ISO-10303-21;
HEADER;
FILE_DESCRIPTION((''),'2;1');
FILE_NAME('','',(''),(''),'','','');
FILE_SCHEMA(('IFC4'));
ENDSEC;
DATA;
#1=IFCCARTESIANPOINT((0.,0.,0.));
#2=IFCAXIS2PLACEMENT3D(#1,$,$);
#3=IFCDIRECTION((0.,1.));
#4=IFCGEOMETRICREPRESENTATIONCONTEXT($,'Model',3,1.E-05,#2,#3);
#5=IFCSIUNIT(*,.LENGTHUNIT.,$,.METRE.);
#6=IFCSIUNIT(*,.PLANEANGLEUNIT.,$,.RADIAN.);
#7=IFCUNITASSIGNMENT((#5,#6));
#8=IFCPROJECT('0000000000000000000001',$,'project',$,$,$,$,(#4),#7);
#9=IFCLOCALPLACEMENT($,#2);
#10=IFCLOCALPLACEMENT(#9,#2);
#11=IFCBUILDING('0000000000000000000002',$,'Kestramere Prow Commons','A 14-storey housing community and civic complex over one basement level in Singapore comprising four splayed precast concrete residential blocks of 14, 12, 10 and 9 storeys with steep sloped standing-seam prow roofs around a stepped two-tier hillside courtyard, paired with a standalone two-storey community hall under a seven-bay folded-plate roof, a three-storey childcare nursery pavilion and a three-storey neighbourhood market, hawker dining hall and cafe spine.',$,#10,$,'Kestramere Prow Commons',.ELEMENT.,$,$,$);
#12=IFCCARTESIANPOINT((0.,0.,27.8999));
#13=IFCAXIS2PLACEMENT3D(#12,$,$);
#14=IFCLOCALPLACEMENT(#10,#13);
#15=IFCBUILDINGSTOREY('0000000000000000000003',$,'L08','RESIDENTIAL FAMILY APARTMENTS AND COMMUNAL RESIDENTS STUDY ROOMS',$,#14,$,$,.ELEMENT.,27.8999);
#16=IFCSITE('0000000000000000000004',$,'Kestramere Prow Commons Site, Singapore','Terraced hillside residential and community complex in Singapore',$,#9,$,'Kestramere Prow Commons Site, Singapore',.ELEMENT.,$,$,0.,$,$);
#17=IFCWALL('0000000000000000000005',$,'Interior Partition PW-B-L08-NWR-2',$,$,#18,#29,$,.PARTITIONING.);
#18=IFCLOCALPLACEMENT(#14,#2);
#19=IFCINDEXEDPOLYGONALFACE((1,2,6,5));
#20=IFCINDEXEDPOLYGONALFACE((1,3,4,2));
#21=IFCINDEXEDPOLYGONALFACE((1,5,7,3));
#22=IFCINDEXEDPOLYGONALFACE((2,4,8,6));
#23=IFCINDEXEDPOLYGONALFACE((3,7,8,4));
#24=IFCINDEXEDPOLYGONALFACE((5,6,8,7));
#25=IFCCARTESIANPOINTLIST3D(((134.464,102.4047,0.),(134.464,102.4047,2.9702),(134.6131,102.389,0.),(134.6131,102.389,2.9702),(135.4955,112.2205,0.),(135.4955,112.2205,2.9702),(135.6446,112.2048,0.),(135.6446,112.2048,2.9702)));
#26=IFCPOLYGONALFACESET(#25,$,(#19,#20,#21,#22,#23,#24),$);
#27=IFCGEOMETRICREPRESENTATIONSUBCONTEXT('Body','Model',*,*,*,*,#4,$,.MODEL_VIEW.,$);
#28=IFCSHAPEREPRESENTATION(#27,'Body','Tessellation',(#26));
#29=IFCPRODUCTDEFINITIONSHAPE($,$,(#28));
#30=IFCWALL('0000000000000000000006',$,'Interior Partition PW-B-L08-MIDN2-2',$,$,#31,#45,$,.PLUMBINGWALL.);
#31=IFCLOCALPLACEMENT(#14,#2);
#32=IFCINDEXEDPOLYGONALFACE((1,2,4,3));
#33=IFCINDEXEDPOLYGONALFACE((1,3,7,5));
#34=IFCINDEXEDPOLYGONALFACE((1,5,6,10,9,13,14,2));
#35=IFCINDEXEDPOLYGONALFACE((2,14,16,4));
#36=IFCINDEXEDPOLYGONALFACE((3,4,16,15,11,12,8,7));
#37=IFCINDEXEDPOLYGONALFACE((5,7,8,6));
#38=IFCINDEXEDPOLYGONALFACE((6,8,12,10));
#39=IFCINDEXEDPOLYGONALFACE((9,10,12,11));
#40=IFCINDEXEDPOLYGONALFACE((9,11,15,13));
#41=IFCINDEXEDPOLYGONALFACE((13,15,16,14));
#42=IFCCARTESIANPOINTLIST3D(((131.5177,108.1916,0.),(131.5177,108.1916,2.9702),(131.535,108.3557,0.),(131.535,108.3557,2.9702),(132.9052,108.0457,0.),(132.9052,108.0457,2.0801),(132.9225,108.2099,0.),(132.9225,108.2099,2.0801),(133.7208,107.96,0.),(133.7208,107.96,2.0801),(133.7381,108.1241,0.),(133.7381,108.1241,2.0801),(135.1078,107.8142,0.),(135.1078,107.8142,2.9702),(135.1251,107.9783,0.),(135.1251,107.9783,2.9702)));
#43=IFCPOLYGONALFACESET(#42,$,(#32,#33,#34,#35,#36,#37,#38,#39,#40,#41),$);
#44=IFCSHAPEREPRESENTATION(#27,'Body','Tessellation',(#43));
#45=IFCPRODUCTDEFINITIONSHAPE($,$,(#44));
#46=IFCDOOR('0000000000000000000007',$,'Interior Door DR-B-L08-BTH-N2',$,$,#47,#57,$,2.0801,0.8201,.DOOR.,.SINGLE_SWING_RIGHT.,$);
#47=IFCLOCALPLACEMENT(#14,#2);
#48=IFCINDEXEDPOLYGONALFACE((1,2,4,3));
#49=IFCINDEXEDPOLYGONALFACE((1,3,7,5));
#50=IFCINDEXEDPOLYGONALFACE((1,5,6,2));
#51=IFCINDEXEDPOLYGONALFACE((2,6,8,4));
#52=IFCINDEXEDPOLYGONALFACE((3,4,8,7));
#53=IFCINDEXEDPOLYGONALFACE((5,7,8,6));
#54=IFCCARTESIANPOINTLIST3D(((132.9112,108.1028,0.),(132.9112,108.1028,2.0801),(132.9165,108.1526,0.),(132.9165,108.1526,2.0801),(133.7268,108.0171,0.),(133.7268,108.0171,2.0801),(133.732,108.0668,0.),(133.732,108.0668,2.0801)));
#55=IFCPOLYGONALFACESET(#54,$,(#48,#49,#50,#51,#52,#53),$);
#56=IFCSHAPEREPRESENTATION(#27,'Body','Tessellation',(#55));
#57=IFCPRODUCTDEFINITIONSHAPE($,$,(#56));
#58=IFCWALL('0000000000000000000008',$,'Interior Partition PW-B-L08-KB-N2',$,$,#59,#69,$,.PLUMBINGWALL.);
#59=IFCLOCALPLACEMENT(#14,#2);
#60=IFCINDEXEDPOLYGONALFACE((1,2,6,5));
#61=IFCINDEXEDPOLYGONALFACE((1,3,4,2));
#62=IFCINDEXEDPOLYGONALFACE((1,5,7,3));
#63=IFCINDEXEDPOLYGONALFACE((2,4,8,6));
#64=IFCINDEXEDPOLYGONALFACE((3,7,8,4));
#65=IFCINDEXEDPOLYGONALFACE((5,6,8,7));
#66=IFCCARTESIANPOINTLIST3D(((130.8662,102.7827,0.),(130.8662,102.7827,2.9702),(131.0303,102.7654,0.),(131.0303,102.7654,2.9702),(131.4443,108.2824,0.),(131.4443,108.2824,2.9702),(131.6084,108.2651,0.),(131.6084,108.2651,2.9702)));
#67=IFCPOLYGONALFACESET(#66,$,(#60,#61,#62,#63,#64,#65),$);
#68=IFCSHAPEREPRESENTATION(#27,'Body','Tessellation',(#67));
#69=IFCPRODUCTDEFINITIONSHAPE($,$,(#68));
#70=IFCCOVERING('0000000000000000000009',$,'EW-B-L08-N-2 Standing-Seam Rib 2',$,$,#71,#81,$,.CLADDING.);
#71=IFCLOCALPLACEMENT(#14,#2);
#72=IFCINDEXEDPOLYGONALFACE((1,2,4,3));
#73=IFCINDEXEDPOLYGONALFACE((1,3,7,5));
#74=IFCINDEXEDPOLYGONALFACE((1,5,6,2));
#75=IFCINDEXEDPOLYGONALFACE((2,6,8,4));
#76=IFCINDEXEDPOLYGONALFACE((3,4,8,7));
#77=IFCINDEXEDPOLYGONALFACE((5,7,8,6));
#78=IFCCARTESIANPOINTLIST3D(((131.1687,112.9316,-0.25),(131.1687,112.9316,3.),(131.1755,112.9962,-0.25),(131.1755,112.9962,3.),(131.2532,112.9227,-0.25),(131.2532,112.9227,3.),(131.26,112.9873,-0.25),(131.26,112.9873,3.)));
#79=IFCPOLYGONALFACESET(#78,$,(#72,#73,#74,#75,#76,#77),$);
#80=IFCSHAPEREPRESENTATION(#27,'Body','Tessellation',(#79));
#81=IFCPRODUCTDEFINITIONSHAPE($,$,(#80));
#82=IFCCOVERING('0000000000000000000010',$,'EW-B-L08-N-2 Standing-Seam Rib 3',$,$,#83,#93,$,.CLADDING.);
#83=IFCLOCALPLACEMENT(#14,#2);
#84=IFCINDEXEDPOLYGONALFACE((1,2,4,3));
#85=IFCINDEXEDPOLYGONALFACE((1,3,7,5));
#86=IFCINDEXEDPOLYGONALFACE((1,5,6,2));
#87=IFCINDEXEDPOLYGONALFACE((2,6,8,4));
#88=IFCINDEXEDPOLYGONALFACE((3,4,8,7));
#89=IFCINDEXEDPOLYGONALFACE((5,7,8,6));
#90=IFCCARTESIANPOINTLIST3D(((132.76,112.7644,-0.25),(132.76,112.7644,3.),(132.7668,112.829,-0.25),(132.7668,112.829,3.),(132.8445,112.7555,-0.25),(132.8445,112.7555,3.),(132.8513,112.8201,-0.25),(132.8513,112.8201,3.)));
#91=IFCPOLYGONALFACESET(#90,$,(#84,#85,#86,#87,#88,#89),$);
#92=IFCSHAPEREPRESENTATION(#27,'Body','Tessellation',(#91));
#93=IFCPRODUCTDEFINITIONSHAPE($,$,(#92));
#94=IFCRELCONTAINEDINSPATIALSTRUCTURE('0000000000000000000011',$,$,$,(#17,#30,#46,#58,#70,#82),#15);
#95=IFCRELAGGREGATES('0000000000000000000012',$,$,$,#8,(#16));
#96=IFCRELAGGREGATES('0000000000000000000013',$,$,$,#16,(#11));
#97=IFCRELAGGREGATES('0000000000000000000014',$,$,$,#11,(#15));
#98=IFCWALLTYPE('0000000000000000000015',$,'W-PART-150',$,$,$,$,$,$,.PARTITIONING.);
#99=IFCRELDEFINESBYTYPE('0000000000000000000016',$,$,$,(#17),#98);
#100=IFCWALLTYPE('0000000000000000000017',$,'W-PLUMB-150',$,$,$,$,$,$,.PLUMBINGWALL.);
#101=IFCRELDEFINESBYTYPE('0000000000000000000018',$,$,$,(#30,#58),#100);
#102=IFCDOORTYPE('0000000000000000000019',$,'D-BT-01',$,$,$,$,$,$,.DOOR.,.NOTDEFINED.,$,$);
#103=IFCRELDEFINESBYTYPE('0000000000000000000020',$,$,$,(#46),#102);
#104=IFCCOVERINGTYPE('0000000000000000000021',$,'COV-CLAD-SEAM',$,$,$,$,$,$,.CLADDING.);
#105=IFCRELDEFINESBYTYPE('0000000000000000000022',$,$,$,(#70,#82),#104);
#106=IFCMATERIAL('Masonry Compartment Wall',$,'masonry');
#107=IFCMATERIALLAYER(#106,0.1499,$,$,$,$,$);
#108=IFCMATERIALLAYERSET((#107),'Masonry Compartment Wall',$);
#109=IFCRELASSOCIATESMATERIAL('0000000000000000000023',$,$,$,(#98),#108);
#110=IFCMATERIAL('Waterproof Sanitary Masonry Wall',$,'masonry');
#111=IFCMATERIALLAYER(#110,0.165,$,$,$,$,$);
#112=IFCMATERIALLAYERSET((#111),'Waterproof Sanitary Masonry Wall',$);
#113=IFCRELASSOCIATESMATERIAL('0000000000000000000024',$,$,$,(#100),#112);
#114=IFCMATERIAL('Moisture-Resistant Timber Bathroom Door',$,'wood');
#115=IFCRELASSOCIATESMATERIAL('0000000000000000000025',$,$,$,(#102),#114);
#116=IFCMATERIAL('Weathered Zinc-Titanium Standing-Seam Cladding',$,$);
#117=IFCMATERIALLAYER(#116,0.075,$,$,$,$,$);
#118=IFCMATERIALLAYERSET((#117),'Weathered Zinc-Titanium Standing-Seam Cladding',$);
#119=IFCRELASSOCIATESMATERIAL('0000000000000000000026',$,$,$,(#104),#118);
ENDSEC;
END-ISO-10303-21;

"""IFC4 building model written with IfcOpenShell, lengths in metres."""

from ifc_helpers import new_model, si_unit, direction, frame, frame_2d, origin, origin_2d, place, context, subcontext, project, spatial, rectangle, extrude, material, layer, layer_set, type_object, element, fill, save


model = new_model("IFC4")

# Units and contexts
model_context = context("Model", 3, precision=1e-05, world=origin(), true_north=direction((0.0, 1.0)))
body_context = subcontext(model_context, "Body", "Model", "MODEL_VIEW")
ifc_project = project(units=[si_unit("LENGTHUNIT", "METRE"), si_unit("PLANEANGLEUNIT", "RADIAN")], contexts=[model_context])

# Site, building, storey
site_placement = place(None, origin())
site = spatial("IfcSite", under=ifc_project, at=site_placement, Name="Kestramere Prow Commons Site, Singapore", Description="Terraced hillside residential and community complex in Singapore", LongName="Kestramere Prow Commons Site, Singapore", CompositionType="ELEMENT", RefElevation=0.0)
building_placement = place(site_placement, origin())
building = spatial("IfcBuilding", under=site, at=building_placement, Name="Kestramere Prow Commons", Description="A 14-storey housing community and civic complex over one basement level in Singapore comprising four splayed precast concrete residential blocks of 14, 12, 10 and 9 storeys with steep sloped standing-seam prow roofs around a stepped two-tier hillside courtyard, paired with a standalone two-storey community hall under a seven-bay folded-plate roof, a three-storey childcare nursery pavilion and a three-storey neighbourhood market, hawker dining hall and cafe spine.", LongName="Kestramere Prow Commons", CompositionType="ELEMENT")
storey_placement = place(building_placement, frame((0.0, 0.0, 27.8999)))
storey = spatial("IfcBuildingStorey", under=building, at=storey_placement, Name="L08", Description="RESIDENTIAL FAMILY APARTMENTS AND COMMUNAL RESIDENTS STUDY ROOMS", CompositionType="ELEMENT", Elevation=27.8999)

# Shared definitions
ifc_material_1 = material(Name="Masonry Compartment Wall", Category="masonry")

# Wall
ifc_layer_1 = layer(ifc_material_1, 0.1499)
ifc_layer_set_1 = layer_set([ifc_layer_1], Name="Masonry Compartment Wall")
wall_type_1 = type_object("IfcWallType", Name="W-PART-150", PredefinedType="PARTITIONING", material=ifc_layer_set_1)
wall_1_placement = place(storey_placement, frame((134.5386, 102.3967, 0.0), z_axis=(0.0, 0.0, 1.0), x_axis=(0.104508, 0.994524, 0.0)))
element("IfcWall", 1, at=wall_1_placement, inside=storey, type_object=wall_type_1, Name="Interior Partition PW-B-L08-NWR-2", PredefinedType="PARTITIONING", context=body_context, shape_type="SweptSolid", body=[
    extrude(rectangle(XDim=9.8699, YDim=0.1499, at=frame_2d((4.9351, 0.0))), origin(), (0.0, 0.0, 1.0), 2.9702),
])

# Wall, opening, door
ifc_material_2 = material(Name="Waterproof Sanitary Masonry Wall", Category="masonry")
ifc_layer_2 = layer(ifc_material_2, 0.165)
ifc_layer_set_2 = layer_set([ifc_layer_2], Name="Waterproof Sanitary Masonry Wall")
wall_type_2 = type_object("IfcWallType", Name="W-PLUMB-150", PredefinedType="PLUMBINGWALL", material=ifc_layer_set_2)
wall_2_placement = place(storey_placement, frame((131.5264, 108.2737, 0.0), z_axis=(0.0, 0.0, 1.0), x_axis=(0.994519, -0.104558, 0.0)))
wall_2 = element("IfcWall", 2, at=wall_2_placement, inside=storey, type_object=wall_type_2, Name="Interior Partition PW-B-L08-MIDN2-2", PredefinedType="PLUMBINGWALL", context=body_context, shape_type="SweptSolid", body=[
    extrude(rectangle(XDim=3.6099, YDim=0.165, at=frame_2d((1.8049, 0.0))), origin(), (0.0, 0.0, 1.0), 2.9702),
])
opening_1_placement = place(wall_2_placement, frame((1.395, 0.0, 0.0)))
opening_1 = element("IfcOpeningElement", 3, at=opening_1_placement, cuts=wall_2, PredefinedType="OPENING", context=body_context, shape_type="SweptSolid", body=[
    extrude(rectangle(XDim=0.8201, YDim=2.0801, at=frame_2d((0.4102, 1.04))), frame((0.0, 0.0974, 0.0), z_axis=(0.0, -1.0, 0.0), x_axis=(1.0, 0.0, 0.0)), (0.0, 0.0, 1.0), 0.1951),
])
ifc_material_3 = material(Name="Moisture-Resistant Timber Bathroom Door", Category="wood")
door_type_1 = type_object("IfcDoorType", Name="D-BT-01", OperationType="NOTDEFINED", PredefinedType="DOOR", material=ifc_material_3)
door_1_placement = place(opening_1_placement, origin())
door_1 = element("IfcDoor", 4, at=door_1_placement, inside=storey, type_object=door_type_1, Name="Interior Door DR-B-L08-BTH-N2", OperationType="SINGLE_SWING_RIGHT", OverallHeight=2.0801, OverallWidth=0.8201, PredefinedType="DOOR", context=body_context, shape_type="SweptSolid", body=[
    extrude(rectangle(XDim=0.8201, YDim=2.0801, at=frame_2d((0.4102, 1.04))), frame((0.0, 0.0249, 0.0), z_axis=(0.0, -1.0, 0.0), x_axis=(1.0, 0.0, 0.0)), (0.0, 0.0, 1.0), 0.05),
])
fill(opening_1, door_1)

# Wall
wall_3_placement = place(storey_placement, frame((130.9482, 102.7739, 0.0), z_axis=(0.0, 0.0, 1.0), x_axis=(0.104542, 0.99452, 0.0)))
element("IfcWall", 5, at=wall_3_placement, inside=storey, type_object=wall_type_2, Name="Interior Partition PW-B-L08-KB-N2", PredefinedType="PLUMBINGWALL", context=body_context, shape_type="SweptSolid", body=[
    extrude(rectangle(XDim=5.53, YDim=0.165, at=frame_2d((2.7651, 0.0))), origin(), (0.0, 0.0, 1.0), 2.9702),
])

# Coverings
ifc_material_4 = material(Name="Weathered Zinc-Titanium Standing-Seam Cladding")
ifc_layer_3 = layer(ifc_material_4, 0.075)
ifc_layer_set_3 = layer_set([ifc_layer_3], Name="Weathered Zinc-Titanium Standing-Seam Cladding")
covering_type = type_object("IfcCoveringType", Name="COV-CLAD-SEAM", PredefinedType="CLADDING", material=ifc_layer_set_3)
for number, where, z_axis, x_axis, name in (
    (6, (131.2144, 112.9595, -0.25), (0.0, 0.0, 1.0), (0.994522, -0.104528, 0.0), "EW-B-L08-N-2 Standing-Seam Rib 2"),
    (7, (132.8057, 112.7922, -0.25), (0.0, 0.0, 1.0), (0.994522, -0.104528, 0.0), "EW-B-L08-N-2 Standing-Seam Rib 3"),
):
    element("IfcCovering", number, at=place(storey_placement, frame(where, z_axis=z_axis, x_axis=x_axis)), inside=storey, type_object=covering_type, Name=name, PredefinedType="CLADDING", context=body_context, shape_type="SweptSolid", body=[
        extrude(rectangle(XDim=0.085, YDim=0.0649, at=origin_2d()), origin(), (0.0, 0.0, 1.0), 3.25),
    ])

save(model, "model.ifc")
